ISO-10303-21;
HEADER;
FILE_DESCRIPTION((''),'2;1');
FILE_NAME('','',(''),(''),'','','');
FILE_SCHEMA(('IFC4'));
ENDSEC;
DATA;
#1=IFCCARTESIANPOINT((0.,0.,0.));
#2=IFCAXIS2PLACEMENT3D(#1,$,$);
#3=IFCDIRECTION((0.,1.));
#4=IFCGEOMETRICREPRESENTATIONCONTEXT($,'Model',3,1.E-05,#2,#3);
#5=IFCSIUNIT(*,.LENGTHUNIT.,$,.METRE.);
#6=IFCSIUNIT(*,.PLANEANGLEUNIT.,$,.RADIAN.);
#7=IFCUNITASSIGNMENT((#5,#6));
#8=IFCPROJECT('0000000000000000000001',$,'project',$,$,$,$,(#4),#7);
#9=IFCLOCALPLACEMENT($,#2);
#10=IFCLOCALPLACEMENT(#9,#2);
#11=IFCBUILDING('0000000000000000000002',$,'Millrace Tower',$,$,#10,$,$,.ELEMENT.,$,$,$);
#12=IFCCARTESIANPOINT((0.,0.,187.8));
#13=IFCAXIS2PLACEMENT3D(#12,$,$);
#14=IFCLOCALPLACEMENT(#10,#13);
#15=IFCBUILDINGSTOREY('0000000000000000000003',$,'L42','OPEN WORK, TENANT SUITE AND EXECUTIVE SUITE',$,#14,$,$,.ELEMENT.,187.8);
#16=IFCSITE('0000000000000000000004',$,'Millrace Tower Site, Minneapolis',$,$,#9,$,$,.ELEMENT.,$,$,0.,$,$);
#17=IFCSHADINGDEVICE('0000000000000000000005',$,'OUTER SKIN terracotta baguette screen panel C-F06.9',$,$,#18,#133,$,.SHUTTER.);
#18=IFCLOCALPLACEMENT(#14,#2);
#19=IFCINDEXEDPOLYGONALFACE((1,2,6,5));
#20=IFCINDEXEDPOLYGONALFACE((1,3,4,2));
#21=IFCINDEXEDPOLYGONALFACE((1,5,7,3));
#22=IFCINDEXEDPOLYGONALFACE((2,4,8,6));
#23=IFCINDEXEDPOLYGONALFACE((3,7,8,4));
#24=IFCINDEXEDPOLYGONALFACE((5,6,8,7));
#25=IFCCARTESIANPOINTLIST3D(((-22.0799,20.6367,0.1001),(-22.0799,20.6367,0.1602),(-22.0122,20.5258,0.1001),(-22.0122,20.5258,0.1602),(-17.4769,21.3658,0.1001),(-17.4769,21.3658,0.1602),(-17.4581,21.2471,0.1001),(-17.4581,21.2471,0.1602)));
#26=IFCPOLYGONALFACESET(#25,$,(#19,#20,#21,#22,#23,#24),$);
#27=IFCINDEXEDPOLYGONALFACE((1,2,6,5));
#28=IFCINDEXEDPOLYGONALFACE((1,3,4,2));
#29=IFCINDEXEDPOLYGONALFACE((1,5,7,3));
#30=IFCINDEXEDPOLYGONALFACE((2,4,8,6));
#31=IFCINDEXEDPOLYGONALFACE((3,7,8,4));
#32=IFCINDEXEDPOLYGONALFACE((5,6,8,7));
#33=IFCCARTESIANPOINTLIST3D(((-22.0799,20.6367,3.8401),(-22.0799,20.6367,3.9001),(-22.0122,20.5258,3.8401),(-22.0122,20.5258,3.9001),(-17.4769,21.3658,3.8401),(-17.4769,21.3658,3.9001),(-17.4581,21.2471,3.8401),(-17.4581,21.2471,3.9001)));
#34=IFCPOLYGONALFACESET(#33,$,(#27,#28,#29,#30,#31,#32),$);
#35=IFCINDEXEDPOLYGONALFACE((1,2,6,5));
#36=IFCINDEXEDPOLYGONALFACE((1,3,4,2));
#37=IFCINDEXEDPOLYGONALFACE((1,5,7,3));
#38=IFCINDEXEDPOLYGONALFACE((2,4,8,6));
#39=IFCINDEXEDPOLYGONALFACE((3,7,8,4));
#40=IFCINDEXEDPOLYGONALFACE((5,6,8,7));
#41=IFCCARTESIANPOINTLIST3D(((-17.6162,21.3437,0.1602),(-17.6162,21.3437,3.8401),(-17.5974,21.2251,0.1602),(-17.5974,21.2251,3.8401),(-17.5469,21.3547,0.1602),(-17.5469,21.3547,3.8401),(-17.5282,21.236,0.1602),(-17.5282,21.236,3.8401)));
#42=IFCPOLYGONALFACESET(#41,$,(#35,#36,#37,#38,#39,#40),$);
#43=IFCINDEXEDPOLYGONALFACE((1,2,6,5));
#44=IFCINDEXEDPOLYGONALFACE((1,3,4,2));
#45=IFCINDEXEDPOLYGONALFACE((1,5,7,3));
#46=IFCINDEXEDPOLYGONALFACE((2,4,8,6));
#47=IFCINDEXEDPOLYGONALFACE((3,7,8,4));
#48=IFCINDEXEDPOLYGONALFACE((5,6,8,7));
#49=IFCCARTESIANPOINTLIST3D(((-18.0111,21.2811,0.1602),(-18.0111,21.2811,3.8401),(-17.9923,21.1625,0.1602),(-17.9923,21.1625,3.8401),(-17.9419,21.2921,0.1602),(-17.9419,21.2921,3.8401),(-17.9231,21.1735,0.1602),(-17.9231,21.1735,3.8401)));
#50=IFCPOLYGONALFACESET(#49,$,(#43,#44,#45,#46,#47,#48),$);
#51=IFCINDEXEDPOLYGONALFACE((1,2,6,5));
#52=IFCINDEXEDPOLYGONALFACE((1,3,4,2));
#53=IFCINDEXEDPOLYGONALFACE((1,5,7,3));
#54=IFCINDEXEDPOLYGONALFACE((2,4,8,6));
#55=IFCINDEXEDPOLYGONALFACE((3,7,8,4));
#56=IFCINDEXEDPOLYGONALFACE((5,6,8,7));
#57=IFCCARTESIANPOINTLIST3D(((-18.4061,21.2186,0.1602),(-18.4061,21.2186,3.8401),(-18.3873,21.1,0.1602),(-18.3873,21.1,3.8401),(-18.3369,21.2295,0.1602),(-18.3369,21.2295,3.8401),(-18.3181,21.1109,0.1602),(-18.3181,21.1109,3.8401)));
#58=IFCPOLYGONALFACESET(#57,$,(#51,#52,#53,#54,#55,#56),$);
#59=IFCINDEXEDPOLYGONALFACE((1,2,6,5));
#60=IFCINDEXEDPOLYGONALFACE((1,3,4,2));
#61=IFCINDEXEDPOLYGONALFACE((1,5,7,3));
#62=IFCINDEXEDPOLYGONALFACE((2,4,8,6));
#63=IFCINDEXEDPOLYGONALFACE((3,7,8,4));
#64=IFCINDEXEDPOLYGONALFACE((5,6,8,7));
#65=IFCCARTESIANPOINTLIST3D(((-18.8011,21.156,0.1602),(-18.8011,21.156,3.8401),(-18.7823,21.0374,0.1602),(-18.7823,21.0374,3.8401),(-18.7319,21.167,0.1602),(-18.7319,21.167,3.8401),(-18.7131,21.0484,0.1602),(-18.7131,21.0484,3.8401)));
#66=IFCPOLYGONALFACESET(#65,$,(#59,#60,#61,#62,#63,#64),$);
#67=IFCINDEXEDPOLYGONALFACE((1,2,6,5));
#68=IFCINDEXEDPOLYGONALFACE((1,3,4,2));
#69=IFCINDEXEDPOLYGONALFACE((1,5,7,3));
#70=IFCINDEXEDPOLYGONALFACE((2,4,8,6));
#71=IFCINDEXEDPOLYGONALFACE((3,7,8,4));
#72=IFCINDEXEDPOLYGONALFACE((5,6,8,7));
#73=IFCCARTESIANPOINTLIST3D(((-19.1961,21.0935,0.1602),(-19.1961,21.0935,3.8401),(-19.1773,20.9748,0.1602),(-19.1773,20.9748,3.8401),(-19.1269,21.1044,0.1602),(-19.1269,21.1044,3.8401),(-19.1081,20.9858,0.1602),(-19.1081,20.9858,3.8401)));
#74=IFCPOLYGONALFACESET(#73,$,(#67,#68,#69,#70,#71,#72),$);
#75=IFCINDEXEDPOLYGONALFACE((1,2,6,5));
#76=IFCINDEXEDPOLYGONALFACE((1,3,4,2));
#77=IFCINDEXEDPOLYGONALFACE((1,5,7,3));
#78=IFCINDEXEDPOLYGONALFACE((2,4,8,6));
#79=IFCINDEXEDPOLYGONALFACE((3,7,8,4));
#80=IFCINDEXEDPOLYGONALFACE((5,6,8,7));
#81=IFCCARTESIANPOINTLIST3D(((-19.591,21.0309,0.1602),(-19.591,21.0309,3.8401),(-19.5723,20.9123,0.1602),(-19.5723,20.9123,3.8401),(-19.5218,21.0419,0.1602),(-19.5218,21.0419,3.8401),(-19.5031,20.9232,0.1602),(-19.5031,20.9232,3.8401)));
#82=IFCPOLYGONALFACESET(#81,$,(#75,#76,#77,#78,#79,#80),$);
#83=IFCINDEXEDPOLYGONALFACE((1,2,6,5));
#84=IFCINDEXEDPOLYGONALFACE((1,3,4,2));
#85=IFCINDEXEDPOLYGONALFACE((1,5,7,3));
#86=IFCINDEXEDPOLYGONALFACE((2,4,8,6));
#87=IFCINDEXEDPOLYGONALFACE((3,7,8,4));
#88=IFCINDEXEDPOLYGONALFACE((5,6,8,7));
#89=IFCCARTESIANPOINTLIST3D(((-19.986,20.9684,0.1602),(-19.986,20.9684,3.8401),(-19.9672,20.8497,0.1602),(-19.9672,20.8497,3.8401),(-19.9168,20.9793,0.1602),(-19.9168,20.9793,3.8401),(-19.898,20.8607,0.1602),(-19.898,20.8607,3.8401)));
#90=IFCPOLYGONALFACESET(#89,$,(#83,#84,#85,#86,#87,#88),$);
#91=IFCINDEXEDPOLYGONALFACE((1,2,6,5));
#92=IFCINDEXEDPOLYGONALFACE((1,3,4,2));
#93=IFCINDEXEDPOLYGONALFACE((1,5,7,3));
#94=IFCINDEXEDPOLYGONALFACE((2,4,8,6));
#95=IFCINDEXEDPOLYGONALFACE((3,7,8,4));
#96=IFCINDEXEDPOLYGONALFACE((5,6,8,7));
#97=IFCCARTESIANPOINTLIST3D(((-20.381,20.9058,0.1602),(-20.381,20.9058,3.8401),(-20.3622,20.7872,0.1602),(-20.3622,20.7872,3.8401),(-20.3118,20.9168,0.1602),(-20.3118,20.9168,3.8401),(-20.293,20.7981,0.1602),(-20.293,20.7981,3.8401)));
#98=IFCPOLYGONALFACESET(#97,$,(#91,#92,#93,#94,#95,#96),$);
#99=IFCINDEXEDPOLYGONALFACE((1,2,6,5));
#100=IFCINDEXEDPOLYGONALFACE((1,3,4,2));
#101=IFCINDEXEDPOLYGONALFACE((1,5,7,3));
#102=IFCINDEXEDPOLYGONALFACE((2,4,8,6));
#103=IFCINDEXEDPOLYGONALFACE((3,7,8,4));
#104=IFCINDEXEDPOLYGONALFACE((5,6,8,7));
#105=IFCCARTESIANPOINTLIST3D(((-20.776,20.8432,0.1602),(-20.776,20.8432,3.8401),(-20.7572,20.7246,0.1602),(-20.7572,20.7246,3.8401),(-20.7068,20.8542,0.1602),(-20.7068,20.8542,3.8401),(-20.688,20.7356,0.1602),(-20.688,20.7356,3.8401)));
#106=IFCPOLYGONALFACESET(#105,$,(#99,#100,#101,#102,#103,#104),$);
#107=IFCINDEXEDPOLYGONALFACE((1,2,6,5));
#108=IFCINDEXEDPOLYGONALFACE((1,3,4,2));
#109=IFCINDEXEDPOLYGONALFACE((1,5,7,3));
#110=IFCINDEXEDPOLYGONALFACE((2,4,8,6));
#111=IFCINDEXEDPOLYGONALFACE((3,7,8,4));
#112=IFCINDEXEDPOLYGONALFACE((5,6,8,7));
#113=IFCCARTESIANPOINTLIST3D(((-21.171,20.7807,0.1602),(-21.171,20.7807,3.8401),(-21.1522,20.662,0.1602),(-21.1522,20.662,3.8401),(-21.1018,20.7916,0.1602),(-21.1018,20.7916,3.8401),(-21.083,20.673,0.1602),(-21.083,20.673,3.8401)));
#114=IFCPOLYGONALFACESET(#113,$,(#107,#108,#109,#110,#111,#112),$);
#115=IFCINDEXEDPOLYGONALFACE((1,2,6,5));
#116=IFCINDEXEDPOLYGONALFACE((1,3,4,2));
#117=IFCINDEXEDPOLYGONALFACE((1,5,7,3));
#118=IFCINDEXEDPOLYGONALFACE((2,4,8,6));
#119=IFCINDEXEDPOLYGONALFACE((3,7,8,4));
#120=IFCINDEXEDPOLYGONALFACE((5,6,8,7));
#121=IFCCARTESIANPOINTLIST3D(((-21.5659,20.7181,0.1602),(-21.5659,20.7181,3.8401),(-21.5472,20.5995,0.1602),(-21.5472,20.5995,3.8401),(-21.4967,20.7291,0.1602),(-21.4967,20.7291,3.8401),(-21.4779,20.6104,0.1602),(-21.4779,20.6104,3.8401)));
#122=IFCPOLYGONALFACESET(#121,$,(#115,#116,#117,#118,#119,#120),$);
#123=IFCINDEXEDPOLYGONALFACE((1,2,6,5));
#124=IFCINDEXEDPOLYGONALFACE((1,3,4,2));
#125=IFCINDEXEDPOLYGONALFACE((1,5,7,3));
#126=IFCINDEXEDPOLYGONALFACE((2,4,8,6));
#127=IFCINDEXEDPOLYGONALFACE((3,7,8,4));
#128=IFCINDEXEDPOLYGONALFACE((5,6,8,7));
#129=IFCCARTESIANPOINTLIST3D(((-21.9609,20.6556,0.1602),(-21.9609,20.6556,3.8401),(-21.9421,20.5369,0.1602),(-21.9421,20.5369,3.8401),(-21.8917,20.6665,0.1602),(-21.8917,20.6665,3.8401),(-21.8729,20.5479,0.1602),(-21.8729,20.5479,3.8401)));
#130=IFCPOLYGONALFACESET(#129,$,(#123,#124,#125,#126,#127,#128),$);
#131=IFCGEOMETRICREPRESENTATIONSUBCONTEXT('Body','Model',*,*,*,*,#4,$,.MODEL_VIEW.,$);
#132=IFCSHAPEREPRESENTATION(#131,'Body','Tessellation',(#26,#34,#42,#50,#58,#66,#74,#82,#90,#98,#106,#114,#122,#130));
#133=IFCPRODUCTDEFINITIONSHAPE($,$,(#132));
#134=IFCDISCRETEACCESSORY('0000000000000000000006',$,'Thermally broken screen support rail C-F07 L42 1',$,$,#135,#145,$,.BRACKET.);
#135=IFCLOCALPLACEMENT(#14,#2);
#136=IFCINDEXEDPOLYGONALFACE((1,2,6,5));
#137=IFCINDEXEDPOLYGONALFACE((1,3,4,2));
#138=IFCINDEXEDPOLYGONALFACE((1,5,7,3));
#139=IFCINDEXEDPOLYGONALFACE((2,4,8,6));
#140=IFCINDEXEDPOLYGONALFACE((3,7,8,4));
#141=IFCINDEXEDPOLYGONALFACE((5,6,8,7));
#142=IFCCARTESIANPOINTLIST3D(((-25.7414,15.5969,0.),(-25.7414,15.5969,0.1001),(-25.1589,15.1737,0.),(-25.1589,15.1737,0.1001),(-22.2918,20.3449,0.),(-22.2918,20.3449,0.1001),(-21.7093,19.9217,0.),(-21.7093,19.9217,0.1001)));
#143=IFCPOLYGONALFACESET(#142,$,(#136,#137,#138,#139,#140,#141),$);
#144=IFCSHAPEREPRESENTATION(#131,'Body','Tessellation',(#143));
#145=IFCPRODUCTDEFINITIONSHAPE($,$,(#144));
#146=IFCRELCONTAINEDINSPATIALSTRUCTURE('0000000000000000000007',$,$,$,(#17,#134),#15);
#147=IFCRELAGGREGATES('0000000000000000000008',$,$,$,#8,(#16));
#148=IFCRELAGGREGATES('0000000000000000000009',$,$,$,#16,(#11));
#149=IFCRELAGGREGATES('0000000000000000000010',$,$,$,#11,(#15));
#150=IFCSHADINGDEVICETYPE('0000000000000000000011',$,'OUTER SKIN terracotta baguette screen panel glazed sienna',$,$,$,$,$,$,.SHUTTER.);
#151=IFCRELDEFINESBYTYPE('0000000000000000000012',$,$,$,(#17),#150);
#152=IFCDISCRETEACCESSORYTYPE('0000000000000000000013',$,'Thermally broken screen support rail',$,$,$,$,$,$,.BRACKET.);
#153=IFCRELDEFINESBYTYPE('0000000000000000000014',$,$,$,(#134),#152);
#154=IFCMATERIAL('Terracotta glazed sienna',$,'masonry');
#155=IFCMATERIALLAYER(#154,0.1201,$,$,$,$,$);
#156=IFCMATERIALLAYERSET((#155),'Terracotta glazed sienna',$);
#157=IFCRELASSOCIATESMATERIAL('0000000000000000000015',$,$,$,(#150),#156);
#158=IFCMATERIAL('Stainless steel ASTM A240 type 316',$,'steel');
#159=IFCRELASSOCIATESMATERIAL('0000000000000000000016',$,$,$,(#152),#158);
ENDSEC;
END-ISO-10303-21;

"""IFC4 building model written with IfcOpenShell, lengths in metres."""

from ifc_helpers import new_model, entity, si_unit, direction, frame, frame_2d, origin, origin_2d, place, context, subcontext, project, spatial, rectangle, extrude, source, transform, mapped, material, layer, layer_set, type_object, element, save


model = new_model("IFC4")

# Units and contexts
model_context = context("Model", 3, precision=1e-05, world=origin(), true_north=direction((0.0, 1.0)))
body_context = subcontext(model_context, "Body", "Model", "MODEL_VIEW")
ifc_project = project(units=[si_unit("LENGTHUNIT", "METRE"), si_unit("PLANEANGLEUNIT", "RADIAN")], contexts=[model_context])

# Site, building, storey
site_placement = place(None, origin())
site = spatial("IfcSite", under=ifc_project, at=site_placement, Name="Millrace Tower Site, Minneapolis", CompositionType="ELEMENT", RefElevation=0.0)
building_placement = place(site_placement, origin())
building = spatial("IfcBuilding", under=site, at=building_placement, Name="Millrace Tower", CompositionType="ELEMENT")
storey_placement = place(building_placement, frame((0.0, 0.0, 187.8)))
storey = spatial("IfcBuildingStorey", under=building, at=storey_placement, Name="L42", Description="OPEN WORK, TENANT SUITE AND EXECUTIVE SUITE", CompositionType="ELEMENT", Elevation=187.8)

# Shading device
ifc_material_1 = material(Name="Terracotta glazed sienna", Category="masonry")
ifc_layer_1 = layer(ifc_material_1, 0.1201)
ifc_layer_set_1 = layer_set([ifc_layer_1], Name="Terracotta glazed sienna")
shading_device_type = type_object("IfcShadingDeviceType", Name="OUTER SKIN terracotta baguette screen panel glazed sienna", PredefinedType="SHUTTER", material=ifc_layer_set_1)
cartesian_point_1 = entity("IfcCartesianPoint", [-2.3179, 0.0601])
shared_polyline_1 = entity("IfcPolyline", [cartesian_point_1, entity("IfcCartesianPoint", [2.293, 0.0601]), entity("IfcCartesianPoint", [2.3425, -0.0601]), entity("IfcCartesianPoint", [-2.3179, -0.0601]), cartesian_point_1])
shared_shape_1 = source(origin(), body_context, "Body", "SweptSolid", [
    entity("IfcExtrudedAreaSolid", entity("IfcArbitraryClosedProfileDef", "AREA", None, shared_polyline_1), entity("IfcAxis2Placement3D", entity("IfcCartesianPoint", [0.0, 0.0, 0.0])), entity("IfcDirection", [0.0, 0.0, 1.0]), 0.0601),
    entity("IfcExtrudedAreaSolid", entity("IfcArbitraryClosedProfileDef", "AREA", None, shared_polyline_1), entity("IfcAxis2Placement3D", entity("IfcCartesianPoint", [0.0, 0.0, 3.74])), entity("IfcDirection", [0.0, 0.0, 1.0]), 0.0601),
    extrude(rectangle(XDim=0.0701, YDim=0.1201, at=frame_2d((-2.2119, 0.0))), frame((0.0, 0.0, 0.0601)), (0.0, 0.0, 1.0), 3.6799),
    extrude(rectangle(XDim=0.0701, YDim=0.1201, at=frame_2d((-1.812, 0.0))), frame((0.0, 0.0, 0.0601)), (0.0, 0.0, 1.0), 3.6799),
    extrude(rectangle(XDim=0.0701, YDim=0.1201, at=frame_2d((-1.4121, 0.0))), frame((0.0, 0.0, 0.0601)), (0.0, 0.0, 1.0), 3.6799),
    extrude(rectangle(XDim=0.0701, YDim=0.1201, at=frame_2d((-1.0122, 0.0))), frame((0.0, 0.0, 0.0601)), (0.0, 0.0, 1.0), 3.6799),
    extrude(rectangle(XDim=0.0701, YDim=0.1201, at=frame_2d((-0.6123, 0.0))), frame((0.0, 0.0, 0.0601)), (0.0, 0.0, 1.0), 3.6799),
    extrude(rectangle(XDim=0.0701, YDim=0.1201, at=frame_2d((-0.2124, 0.0))), frame((0.0, 0.0, 0.0601)), (0.0, 0.0, 1.0), 3.6799),
    extrude(rectangle(XDim=0.0701, YDim=0.1201, at=frame_2d((0.1875, 0.0))), frame((0.0, 0.0, 0.0601)), (0.0, 0.0, 1.0), 3.6799),
    extrude(rectangle(XDim=0.0701, YDim=0.1201, at=frame_2d((0.5874, 0.0))), frame((0.0, 0.0, 0.0601)), (0.0, 0.0, 1.0), 3.6799),
    extrude(rectangle(XDim=0.0701, YDim=0.1201, at=frame_2d((0.9873, 0.0))), frame((0.0, 0.0, 0.0601)), (0.0, 0.0, 1.0), 3.6799),
    extrude(rectangle(XDim=0.0701, YDim=0.1201, at=frame_2d((1.3872, 0.0))), frame((0.0, 0.0, 0.0601)), (0.0, 0.0, 1.0), 3.6799),
    extrude(rectangle(XDim=0.0701, YDim=0.1201, at=frame_2d((1.7871, 0.0))), frame((0.0, 0.0, 0.0601)), (0.0, 0.0, 1.0), 3.6799),
    extrude(rectangle(XDim=0.0701, YDim=0.1201, at=frame_2d((2.187, 0.0))), frame((0.0, 0.0, 0.0601)), (0.0, 0.0, 1.0), 3.6799),
])
shading_device_1_placement = place(storey_placement, frame((-19.7568, 20.9438, 0.1001), z_axis=(0.0, 0.0, 1.0), x_axis=(-0.987688, -0.156434, 0.0)))
element("IfcShadingDevice", 1, at=shading_device_1_placement, inside=storey, type_object=shading_device_type, Name="OUTER SKIN terracotta baguette screen panel C-F06.9", PredefinedType="SHUTTER", context=body_context, shape_type="MappedRepresentation", body=[
    mapped(shared_shape_1, transform((0.0, 0.0, 0.0), scale=1.0)),
])

# Discrete accessory
ifc_material_2 = material(Name="Stainless steel ASTM A240 type 316", Category="steel")
discrete_accessory_type = type_object("IfcDiscreteAccessoryType", Name="Thermally broken screen support rail", PredefinedType="BRACKET", material=ifc_material_2)
discrete_accessory_placement = place(storey_placement, frame((-23.7253, 17.7593, 0.0), z_axis=(0.0, 0.0, 1.0), x_axis=(-0.587785, -0.809017, 0.0)))
element("IfcDiscreteAccessory", 2, at=discrete_accessory_placement, inside=storey, type_object=discrete_accessory_type, Name="Thermally broken screen support rail C-F07 L42 1", PredefinedType="BRACKET", context=body_context, shape_type="SweptSolid", body=[
    extrude(rectangle(XDim=5.8689, YDim=0.72, at=origin_2d()), origin(), (0.0, 0.0, 1.0), 0.1001),
])

save(model, "model.ifc")
